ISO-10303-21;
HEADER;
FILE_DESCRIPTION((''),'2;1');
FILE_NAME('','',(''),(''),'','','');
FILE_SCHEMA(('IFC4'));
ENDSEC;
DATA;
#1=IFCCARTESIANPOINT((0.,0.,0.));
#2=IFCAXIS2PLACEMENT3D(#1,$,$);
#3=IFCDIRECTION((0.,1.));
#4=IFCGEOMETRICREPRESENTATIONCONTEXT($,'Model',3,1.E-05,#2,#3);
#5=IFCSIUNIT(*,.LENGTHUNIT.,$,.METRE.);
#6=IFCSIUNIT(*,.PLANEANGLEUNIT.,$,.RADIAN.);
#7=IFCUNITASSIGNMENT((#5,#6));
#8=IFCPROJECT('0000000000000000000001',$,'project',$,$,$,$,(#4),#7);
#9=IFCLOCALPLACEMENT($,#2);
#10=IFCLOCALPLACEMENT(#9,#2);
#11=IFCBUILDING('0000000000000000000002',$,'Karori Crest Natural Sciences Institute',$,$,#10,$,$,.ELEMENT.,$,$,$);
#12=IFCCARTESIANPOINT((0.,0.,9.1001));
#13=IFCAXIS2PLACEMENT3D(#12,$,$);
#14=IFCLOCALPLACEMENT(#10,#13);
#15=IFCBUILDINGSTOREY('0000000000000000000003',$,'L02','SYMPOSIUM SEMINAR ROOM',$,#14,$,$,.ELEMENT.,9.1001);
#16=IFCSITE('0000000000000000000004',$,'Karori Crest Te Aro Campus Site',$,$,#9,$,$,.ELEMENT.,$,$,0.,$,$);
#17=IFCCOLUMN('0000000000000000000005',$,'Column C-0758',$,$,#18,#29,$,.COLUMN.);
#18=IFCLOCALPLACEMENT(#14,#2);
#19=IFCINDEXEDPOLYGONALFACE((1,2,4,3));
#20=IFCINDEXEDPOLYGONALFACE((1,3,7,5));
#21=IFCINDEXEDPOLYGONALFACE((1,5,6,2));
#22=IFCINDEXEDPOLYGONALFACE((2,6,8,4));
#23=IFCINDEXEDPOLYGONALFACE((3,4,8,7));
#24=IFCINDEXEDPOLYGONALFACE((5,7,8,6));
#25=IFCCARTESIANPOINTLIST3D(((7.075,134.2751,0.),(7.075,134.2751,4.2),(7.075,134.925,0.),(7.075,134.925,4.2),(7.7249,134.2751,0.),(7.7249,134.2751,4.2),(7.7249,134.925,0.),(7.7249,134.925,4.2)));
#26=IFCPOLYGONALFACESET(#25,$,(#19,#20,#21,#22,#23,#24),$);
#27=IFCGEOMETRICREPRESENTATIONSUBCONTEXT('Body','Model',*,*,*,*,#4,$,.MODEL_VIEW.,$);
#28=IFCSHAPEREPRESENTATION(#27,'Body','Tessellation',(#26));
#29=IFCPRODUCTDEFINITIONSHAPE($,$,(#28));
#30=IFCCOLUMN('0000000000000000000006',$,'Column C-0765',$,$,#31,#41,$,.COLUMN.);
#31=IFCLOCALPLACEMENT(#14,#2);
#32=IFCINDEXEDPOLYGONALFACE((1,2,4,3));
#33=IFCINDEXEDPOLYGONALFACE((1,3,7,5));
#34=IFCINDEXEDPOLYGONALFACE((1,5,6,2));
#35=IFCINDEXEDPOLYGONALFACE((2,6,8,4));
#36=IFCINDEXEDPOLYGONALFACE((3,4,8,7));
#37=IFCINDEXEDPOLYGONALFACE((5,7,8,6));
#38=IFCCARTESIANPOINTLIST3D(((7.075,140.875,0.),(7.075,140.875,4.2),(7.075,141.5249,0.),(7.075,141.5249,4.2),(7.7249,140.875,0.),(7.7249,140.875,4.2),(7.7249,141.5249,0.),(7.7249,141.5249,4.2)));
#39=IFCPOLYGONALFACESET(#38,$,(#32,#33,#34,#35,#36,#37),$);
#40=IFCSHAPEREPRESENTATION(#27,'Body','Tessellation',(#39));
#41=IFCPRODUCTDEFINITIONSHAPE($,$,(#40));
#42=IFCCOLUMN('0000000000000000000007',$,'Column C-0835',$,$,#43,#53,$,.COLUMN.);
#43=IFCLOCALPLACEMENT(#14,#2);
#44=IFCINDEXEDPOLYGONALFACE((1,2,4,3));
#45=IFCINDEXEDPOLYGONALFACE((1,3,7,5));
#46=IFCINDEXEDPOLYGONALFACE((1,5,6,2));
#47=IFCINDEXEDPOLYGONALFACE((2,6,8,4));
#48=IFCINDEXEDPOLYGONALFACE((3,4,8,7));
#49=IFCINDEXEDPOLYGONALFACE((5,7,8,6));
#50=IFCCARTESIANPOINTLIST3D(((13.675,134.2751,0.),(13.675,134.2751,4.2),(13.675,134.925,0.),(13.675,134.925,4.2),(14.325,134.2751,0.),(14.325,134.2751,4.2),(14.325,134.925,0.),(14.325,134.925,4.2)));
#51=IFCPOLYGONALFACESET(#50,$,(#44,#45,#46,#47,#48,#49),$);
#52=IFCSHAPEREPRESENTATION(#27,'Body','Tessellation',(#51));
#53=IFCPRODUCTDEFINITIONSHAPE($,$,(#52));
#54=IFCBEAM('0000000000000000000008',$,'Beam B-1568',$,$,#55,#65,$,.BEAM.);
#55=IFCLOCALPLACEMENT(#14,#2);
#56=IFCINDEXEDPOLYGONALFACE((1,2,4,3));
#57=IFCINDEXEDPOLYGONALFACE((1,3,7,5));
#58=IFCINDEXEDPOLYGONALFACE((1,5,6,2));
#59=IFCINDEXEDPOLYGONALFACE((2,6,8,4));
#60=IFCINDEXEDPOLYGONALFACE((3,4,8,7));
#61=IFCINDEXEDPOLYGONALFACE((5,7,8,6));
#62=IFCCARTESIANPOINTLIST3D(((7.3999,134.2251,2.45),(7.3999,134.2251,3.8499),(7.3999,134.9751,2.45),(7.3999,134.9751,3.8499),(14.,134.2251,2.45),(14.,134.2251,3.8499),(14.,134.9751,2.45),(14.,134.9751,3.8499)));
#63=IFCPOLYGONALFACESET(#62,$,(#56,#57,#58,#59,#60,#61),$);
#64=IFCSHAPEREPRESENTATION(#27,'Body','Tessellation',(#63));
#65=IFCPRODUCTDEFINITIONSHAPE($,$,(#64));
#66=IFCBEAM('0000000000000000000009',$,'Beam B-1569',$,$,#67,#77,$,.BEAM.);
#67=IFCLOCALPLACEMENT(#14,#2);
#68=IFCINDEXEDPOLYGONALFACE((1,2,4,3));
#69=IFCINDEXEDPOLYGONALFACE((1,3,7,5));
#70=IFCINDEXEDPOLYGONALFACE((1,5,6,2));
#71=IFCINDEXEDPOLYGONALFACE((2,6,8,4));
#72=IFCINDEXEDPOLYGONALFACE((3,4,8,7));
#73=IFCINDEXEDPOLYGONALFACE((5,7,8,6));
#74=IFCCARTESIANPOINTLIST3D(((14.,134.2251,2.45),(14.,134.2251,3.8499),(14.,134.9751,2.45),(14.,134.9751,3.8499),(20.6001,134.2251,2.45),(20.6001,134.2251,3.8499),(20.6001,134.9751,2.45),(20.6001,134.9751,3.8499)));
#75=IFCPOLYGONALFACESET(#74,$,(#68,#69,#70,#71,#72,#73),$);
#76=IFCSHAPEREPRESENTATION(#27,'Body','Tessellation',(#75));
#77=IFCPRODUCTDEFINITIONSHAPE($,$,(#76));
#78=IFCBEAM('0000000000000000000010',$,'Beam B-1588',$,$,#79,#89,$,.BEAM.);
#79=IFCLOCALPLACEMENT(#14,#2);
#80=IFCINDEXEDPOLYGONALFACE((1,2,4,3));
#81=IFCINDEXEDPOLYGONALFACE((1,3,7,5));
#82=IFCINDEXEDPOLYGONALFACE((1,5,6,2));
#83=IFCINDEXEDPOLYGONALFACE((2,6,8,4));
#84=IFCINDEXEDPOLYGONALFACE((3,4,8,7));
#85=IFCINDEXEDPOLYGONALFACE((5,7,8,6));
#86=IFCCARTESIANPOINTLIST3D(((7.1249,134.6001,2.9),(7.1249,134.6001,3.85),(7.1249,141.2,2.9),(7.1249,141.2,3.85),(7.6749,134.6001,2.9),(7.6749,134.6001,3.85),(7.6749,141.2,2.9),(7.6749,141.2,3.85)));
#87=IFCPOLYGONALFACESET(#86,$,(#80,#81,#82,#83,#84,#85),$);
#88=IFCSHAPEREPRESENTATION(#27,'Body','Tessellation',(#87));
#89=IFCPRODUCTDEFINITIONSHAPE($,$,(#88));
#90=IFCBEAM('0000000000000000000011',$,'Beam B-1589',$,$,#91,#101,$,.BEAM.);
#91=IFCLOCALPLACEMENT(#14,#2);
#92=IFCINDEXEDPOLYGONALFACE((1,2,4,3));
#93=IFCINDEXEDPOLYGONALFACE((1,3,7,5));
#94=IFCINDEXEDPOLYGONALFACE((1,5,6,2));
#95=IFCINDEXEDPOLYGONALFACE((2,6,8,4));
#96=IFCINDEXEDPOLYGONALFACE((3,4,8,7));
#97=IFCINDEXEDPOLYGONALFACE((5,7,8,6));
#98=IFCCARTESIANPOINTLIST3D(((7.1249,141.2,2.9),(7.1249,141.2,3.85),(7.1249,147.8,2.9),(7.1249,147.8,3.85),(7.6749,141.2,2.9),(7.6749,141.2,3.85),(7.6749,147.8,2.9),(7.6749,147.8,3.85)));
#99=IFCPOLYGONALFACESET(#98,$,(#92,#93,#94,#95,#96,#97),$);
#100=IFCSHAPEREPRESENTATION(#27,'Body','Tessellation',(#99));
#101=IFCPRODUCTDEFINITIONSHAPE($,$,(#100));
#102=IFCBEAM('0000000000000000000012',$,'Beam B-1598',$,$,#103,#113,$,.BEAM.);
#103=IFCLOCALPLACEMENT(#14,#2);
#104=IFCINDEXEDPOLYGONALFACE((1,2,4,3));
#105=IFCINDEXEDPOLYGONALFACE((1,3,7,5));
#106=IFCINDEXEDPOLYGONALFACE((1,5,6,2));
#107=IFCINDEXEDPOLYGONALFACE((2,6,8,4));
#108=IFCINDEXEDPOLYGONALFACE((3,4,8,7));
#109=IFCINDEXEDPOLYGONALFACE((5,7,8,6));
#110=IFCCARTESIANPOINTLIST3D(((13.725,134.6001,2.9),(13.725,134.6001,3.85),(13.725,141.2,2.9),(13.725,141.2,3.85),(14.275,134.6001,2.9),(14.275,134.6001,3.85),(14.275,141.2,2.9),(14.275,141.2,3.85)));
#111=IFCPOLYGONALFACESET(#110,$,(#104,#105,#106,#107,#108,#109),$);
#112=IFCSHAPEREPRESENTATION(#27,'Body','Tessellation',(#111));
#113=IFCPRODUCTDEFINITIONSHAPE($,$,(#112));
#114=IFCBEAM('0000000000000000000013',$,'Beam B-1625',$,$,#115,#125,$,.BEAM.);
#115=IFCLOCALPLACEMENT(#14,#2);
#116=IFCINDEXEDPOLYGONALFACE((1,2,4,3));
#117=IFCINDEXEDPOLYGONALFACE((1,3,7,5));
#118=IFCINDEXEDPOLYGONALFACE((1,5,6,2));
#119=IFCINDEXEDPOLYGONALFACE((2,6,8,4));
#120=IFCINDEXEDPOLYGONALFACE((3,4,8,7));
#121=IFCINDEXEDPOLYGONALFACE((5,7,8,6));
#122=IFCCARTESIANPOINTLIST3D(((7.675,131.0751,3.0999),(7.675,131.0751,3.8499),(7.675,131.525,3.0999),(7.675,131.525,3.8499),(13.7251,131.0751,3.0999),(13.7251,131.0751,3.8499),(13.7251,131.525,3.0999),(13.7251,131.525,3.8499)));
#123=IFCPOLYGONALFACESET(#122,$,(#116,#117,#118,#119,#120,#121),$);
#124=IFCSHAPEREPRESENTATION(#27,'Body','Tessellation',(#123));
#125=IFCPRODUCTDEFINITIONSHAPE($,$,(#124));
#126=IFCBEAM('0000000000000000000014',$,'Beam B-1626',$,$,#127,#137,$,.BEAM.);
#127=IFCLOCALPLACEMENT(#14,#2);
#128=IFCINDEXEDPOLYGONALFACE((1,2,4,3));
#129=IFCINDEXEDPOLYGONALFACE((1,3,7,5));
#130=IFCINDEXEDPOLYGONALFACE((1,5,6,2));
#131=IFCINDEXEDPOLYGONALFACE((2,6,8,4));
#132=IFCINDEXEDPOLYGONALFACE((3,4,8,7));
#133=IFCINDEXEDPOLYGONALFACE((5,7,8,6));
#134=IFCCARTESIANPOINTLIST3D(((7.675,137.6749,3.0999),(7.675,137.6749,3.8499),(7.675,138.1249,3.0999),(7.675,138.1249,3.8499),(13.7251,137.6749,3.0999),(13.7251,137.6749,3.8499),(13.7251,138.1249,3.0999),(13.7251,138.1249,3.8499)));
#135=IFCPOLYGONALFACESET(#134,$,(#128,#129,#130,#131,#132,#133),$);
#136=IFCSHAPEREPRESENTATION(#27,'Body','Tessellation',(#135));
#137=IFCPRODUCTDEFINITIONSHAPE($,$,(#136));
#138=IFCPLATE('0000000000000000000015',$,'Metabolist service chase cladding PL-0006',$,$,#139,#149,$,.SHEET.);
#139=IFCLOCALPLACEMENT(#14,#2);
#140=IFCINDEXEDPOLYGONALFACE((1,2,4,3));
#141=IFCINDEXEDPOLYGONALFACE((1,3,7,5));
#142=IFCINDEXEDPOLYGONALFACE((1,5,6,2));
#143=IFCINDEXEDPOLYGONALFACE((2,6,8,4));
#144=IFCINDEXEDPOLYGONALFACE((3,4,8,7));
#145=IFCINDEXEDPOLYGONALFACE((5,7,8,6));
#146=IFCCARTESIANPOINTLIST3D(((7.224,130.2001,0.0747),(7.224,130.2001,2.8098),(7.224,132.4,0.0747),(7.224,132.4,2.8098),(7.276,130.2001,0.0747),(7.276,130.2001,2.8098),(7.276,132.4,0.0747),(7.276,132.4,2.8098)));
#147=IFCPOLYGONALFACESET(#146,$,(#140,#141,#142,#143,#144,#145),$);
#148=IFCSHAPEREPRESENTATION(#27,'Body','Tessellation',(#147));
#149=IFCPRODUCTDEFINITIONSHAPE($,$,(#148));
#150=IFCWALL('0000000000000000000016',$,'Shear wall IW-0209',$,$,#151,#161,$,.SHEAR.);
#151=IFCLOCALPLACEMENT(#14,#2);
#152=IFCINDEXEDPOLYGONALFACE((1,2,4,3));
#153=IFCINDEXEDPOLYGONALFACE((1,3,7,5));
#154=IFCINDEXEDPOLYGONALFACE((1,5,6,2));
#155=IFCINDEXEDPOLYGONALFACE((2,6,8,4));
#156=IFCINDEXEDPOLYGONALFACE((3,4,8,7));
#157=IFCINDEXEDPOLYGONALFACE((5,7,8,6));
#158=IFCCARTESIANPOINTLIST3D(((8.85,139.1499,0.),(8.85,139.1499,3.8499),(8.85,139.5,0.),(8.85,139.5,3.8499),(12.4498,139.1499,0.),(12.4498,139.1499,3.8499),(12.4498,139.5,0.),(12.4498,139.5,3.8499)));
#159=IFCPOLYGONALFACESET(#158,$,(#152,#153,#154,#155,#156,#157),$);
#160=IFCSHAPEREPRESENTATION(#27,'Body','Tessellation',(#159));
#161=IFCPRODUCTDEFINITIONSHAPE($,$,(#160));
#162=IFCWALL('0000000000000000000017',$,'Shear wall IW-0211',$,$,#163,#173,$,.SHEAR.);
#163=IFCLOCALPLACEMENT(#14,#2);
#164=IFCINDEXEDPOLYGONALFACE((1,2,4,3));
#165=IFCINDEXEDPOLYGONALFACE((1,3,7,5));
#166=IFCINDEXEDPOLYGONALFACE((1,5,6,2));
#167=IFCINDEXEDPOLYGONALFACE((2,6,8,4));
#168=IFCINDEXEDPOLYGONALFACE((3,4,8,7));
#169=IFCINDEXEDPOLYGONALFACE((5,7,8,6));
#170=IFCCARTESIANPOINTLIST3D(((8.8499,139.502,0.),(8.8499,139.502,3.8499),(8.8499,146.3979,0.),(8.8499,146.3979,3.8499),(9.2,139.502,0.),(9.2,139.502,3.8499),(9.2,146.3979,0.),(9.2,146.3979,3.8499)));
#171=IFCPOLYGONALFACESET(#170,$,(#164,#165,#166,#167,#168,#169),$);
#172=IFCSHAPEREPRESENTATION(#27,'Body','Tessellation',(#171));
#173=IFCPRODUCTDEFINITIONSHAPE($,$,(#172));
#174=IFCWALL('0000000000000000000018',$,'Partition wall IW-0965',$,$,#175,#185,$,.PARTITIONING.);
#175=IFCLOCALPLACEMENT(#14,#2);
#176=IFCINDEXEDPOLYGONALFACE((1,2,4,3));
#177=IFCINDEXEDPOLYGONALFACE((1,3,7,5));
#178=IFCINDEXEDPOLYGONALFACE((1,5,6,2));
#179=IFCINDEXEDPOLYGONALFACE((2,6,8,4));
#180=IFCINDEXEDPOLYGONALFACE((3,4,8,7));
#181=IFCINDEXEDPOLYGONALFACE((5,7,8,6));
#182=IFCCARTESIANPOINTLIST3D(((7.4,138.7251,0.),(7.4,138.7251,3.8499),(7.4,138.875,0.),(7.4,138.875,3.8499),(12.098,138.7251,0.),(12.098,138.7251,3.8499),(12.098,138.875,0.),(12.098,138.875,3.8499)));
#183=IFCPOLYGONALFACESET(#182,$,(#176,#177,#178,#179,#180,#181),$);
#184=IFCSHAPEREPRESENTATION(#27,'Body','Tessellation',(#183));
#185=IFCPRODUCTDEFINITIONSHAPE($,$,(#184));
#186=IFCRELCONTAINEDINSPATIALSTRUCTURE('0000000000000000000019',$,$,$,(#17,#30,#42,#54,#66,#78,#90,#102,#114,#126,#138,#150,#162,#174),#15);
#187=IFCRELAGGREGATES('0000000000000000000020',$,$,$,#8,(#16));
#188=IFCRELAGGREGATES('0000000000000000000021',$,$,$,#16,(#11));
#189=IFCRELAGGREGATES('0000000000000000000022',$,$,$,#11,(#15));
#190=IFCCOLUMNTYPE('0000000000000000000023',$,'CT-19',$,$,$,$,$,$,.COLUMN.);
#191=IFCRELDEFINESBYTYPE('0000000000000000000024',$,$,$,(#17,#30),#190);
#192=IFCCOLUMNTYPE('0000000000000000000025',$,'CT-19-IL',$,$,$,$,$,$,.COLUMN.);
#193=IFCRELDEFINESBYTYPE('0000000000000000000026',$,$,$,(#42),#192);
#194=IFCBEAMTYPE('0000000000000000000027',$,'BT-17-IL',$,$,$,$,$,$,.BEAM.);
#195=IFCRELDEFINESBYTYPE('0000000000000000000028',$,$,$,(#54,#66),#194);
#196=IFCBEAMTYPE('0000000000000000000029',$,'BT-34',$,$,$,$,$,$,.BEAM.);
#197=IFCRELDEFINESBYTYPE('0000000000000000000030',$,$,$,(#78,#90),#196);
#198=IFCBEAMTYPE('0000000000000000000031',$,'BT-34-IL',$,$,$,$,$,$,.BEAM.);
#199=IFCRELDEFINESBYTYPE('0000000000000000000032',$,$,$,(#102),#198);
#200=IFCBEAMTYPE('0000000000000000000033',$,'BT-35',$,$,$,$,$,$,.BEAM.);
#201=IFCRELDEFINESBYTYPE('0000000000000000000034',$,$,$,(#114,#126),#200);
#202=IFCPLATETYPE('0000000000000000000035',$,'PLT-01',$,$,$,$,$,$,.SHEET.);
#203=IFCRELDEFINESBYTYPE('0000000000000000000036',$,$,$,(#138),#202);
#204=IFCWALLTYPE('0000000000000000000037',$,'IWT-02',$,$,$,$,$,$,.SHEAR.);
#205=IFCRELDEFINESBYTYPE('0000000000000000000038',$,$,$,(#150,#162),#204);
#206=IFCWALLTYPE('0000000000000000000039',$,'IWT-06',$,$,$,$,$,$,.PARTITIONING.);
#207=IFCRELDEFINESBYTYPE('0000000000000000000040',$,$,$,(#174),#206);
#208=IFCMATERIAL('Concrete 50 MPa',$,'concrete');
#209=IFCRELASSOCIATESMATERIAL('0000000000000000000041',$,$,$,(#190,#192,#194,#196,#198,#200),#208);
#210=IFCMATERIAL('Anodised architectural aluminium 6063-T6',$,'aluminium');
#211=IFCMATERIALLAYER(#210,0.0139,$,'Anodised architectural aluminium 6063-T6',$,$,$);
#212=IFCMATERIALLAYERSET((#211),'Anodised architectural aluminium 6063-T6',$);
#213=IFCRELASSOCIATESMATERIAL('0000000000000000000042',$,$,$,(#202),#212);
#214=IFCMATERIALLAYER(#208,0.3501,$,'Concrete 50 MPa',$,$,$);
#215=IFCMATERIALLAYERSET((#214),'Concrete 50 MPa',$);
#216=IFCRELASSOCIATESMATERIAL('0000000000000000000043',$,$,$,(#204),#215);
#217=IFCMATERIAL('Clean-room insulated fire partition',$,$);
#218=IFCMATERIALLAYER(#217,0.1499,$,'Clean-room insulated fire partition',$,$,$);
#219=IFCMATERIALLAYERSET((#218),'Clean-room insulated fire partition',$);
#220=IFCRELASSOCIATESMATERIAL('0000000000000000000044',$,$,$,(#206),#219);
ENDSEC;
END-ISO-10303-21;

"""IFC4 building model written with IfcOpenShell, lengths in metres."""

from ifc_helpers import new_model, si_unit, direction, frame, frame_2d, origin, origin_2d, place, context, subcontext, project, spatial, rectangle, extrude, material, layer, layer_set, material_profile, profile_set, type_object, element, save


model = new_model("IFC4")

# Units and contexts
model_context = context("Model", 3, precision=1e-05, world=origin(), true_north=direction((0.0, 1.0)))
body_context = subcontext(model_context, "Body", "Model", "MODEL_VIEW")
ifc_project = project(units=[si_unit("LENGTHUNIT", "METRE"), si_unit("PLANEANGLEUNIT", "RADIAN")], contexts=[model_context])

# Site, building, storey
site_placement = place(None, origin())
site = spatial("IfcSite", under=ifc_project, at=site_placement, Name="Karori Crest Te Aro Campus Site", CompositionType="ELEMENT", RefElevation=0.0)
building_placement = place(site_placement, origin())
building = spatial("IfcBuilding", under=site, at=building_placement, Name="Karori Crest Natural Sciences Institute", CompositionType="ELEMENT")
storey_placement = place(building_placement, frame((0.0, 0.0, 9.1001)))
storey = spatial("IfcBuildingStorey", under=building, at=storey_placement, Name="L02", Description="SYMPOSIUM SEMINAR ROOM", CompositionType="ELEMENT", Elevation=9.1001)

# Columns
ifc_material_1 = material(Name="Concrete 50 MPa", Category="concrete")
ifc_material_profile_1 = material_profile(ifc_material_1, rectangle(XDim=0.6499, YDim=0.6499, at=origin_2d()), Name="RC650x650")
ifc_profile_set_1 = profile_set([ifc_material_profile_1], Name="Concrete 50 MPa")
column_type_1 = type_object("IfcColumnType", Name="CT-19", PredefinedType="COLUMN", material=ifc_profile_set_1)
for number, where, z_axis, x_axis, name in (
    (1, (7.3999, 134.6001, 0.0), (0.0, 0.0, 1.0), (1.0, 0.0, 0.0), "Column C-0758"),
    (2, (7.3999, 141.2, 0.0), (0.0, 0.0, 1.0), (1.0, 0.0, 0.0), "Column C-0765"),
):
    element("IfcColumn", number, at=place(storey_placement, frame(where, z_axis=z_axis, x_axis=x_axis)), inside=storey, type_object=column_type_1, Name=name, PredefinedType="COLUMN", context=body_context, shape_type="SweptSolid", body=[
        extrude(rectangle(XDim=0.6499, YDim=0.6499, at=origin_2d()), origin(), (0.0, 0.0, 1.0), 4.2),
    ])
ifc_material_profile_2 = material_profile(ifc_material_1, rectangle(XDim=0.6499, YDim=0.6499, at=origin_2d()), Name="RC650x650")
ifc_profile_set_2 = profile_set([ifc_material_profile_2], Name="Concrete 50 MPa")
column_type_2 = type_object("IfcColumnType", Name="CT-19-IL", PredefinedType="COLUMN", material=ifc_profile_set_2)
column_placement = place(storey_placement, frame((14.0, 134.6001, 0.0), z_axis=(0.0, 0.0, 1.0), x_axis=(1.0, 0.0, 0.0)))
element("IfcColumn", 3, at=column_placement, inside=storey, type_object=column_type_2, Name="Column C-0835", PredefinedType="COLUMN", context=body_context, shape_type="SweptSolid", body=[
    extrude(rectangle(XDim=0.6499, YDim=0.6499, at=origin_2d()), origin(), (0.0, 0.0, 1.0), 4.2),
])

# Beams
ifc_material_profile_3 = material_profile(ifc_material_1, rectangle(XDim=0.75, YDim=1.3999, at=origin_2d()), Name="RCB750x1400")
ifc_profile_set_3 = profile_set([ifc_material_profile_3], Name="Concrete 50 MPa")
beam_type_1 = type_object("IfcBeamType", Name="BT-17-IL", PredefinedType="BEAM", material=ifc_profile_set_3)
for number, where, z_axis, x_axis, name in (
    (4, (7.3999, 134.6001, 3.1499), (1.0, 0.0, 0.0), (0.0, 1.0, 0.0), "Beam B-1568"),
    (5, (14.0, 134.6001, 3.1499), (1.0, 0.0, 0.0), (0.0, 1.0, 0.0), "Beam B-1569"),
):
    element("IfcBeam", number, at=place(storey_placement, frame(where, z_axis=z_axis, x_axis=x_axis)), inside=storey, type_object=beam_type_1, Name=name, PredefinedType="BEAM", context=body_context, shape_type="SweptSolid", body=[
        extrude(rectangle(XDim=0.75, YDim=1.3999, at=origin_2d()), origin(), (0.0, 0.0, 1.0), 6.6001),
    ])
ifc_material_profile_4 = material_profile(ifc_material_1, rectangle(XDim=0.55, YDim=0.95, at=origin_2d()), Name="RCB550x950")
ifc_profile_set_4 = profile_set([ifc_material_profile_4], Name="Concrete 50 MPa")
beam_type_2 = type_object("IfcBeamType", Name="BT-34", PredefinedType="BEAM", material=ifc_profile_set_4)
beam_1_placement = place(storey_placement, frame((7.3999, 134.6001, 3.375), z_axis=(0.0, 1.0, 0.0), x_axis=(-1.0, 0.0, 0.0)))
element("IfcBeam", 6, at=beam_1_placement, inside=storey, type_object=beam_type_2, Name="Beam B-1588", PredefinedType="BEAM", context=body_context, shape_type="SweptSolid", body=[
    extrude(rectangle(XDim=0.55, YDim=0.95, at=origin_2d()), origin(), (0.0, 0.0, 1.0), 6.5999),
])
beam_2_placement = place(storey_placement, frame((7.3999, 141.2, 3.375), z_axis=(0.0, 1.0, 0.0), x_axis=(-1.0, 0.0, 0.0)))
element("IfcBeam", 7, at=beam_2_placement, inside=storey, type_object=beam_type_2, Name="Beam B-1589", PredefinedType="BEAM", context=body_context, shape_type="SweptSolid", body=[
    extrude(rectangle(XDim=0.55, YDim=0.95, at=origin_2d()), origin(), (0.0, 0.0, 1.0), 6.6001),
])
ifc_material_profile_5 = material_profile(ifc_material_1, rectangle(XDim=0.55, YDim=0.95, at=origin_2d()), Name="RCB550x950")
ifc_profile_set_5 = profile_set([ifc_material_profile_5], Name="Concrete 50 MPa")
beam_type_3 = type_object("IfcBeamType", Name="BT-34-IL", PredefinedType="BEAM", material=ifc_profile_set_5)
beam_3_placement = place(storey_placement, frame((14.0, 134.6001, 3.375), z_axis=(0.0, 1.0, 0.0), x_axis=(-1.0, 0.0, 0.0)))
element("IfcBeam", 8, at=beam_3_placement, inside=storey, type_object=beam_type_3, Name="Beam B-1598", PredefinedType="BEAM", context=body_context, shape_type="SweptSolid", body=[
    extrude(rectangle(XDim=0.55, YDim=0.95, at=origin_2d()), origin(), (0.0, 0.0, 1.0), 6.5999),
])
ifc_material_profile_6 = material_profile(ifc_material_1, rectangle(XDim=0.45, YDim=0.75, at=origin_2d()), Name="RCB450x750")
ifc_profile_set_6 = profile_set([ifc_material_profile_6], Name="Concrete 50 MPa")
beam_type_4 = type_object("IfcBeamType", Name="BT-35", PredefinedType="BEAM", material=ifc_profile_set_6)
for number, where, z_axis, x_axis, name in (
    (9, (7.675, 131.3, 3.4749), (1.0, 0.0, 0.0), (0.0, 1.0, 0.0), "Beam B-1625"),
    (10, (7.675, 137.8999, 3.4749), (1.0, 0.0, 0.0), (0.0, 1.0, 0.0), "Beam B-1626"),
):
    element("IfcBeam", number, at=place(storey_placement, frame(where, z_axis=z_axis, x_axis=x_axis)), inside=storey, type_object=beam_type_4, Name=name, PredefinedType="BEAM", context=body_context, shape_type="SweptSolid", body=[
        extrude(rectangle(XDim=0.45, YDim=0.75, at=origin_2d()), origin(), (0.0, 0.0, 1.0), 6.05),
    ])

# Plate
ifc_material_2 = material(Name="Anodised architectural aluminium 6063-T6", Category="aluminium")
ifc_layer_1 = layer(ifc_material_2, 0.0139, Name="Anodised architectural aluminium 6063-T6")
ifc_layer_set_1 = layer_set([ifc_layer_1], Name="Anodised architectural aluminium 6063-T6")
plate_type = type_object("IfcPlateType", Name="PLT-01", PredefinedType="SHEET", material=ifc_layer_set_1)
plate_placement = place(storey_placement, frame((7.25, 131.3, 0.0747), z_axis=(0.0, 0.0, 1.0), x_axis=(1.0, 0.0, 0.0)))
element("IfcPlate", 11, at=plate_placement, inside=storey, type_object=plate_type, Name="Metabolist service chase cladding PL-0006", PredefinedType="SHEET", context=body_context, shape_type="SweptSolid", body=[
    extrude(rectangle(XDim=0.052, YDim=2.2, at=origin_2d()), origin(), (0.0, 0.0, 1.0), 2.7351),
])

# Walls
ifc_layer_2 = layer(ifc_material_1, 0.3501, Name="Concrete 50 MPa")
ifc_layer_set_2 = layer_set([ifc_layer_2], Name="Concrete 50 MPa")
wall_type_1 = type_object("IfcWallType", Name="IWT-02", PredefinedType="SHEAR", material=ifc_layer_set_2)
wall_1_placement = place(storey_placement, frame((8.8501, 139.325, 0.0), z_axis=(0.0, 0.0, 1.0), x_axis=(1.0, 0.0, 0.0)))
element("IfcWall", 12, at=wall_1_placement, inside=storey, type_object=wall_type_1, Name="Shear wall IW-0209", PredefinedType="SHEAR", context=body_context, shape_type="SweptSolid", body=[
    extrude(rectangle(XDim=3.5999, YDim=0.3501, at=frame_2d((1.7998, 0.0))), origin(), (0.0, 0.0, 1.0), 3.8499),
])
wall_2_placement = place(storey_placement, frame((9.0249, 139.502, 0.0), z_axis=(0.0, 0.0, 1.0), x_axis=(0.0, 1.0, 0.0)))
element("IfcWall", 13, at=wall_2_placement, inside=storey, type_object=wall_type_1, Name="Shear wall IW-0211", PredefinedType="SHEAR", context=body_context, shape_type="SweptSolid", body=[
    extrude(rectangle(XDim=6.896, YDim=0.3501, at=frame_2d((3.448, 0.0))), origin(), (0.0, 0.0, 1.0), 3.8499),
])

# Wall
ifc_material_3 = material(Name="Clean-room insulated fire partition")
ifc_layer_3 = layer(ifc_material_3, 0.1499, Name="Clean-room insulated fire partition")
ifc_layer_set_3 = layer_set([ifc_layer_3], Name="Clean-room insulated fire partition")
wall_type_2 = type_object("IfcWallType", Name="IWT-06", PredefinedType="PARTITIONING", material=ifc_layer_set_3)
wall_3_placement = place(storey_placement, frame((7.3999, 138.8, 0.0), z_axis=(0.0, 0.0, 1.0), x_axis=(1.0, 0.0, 0.0)))
element("IfcWall", 14, at=wall_3_placement, inside=storey, type_object=wall_type_2, Name="Partition wall IW-0965", PredefinedType="PARTITIONING", context=body_context, shape_type="SweptSolid", body=[
    extrude(rectangle(XDim=4.698, YDim=0.1499, at=frame_2d((2.3491, 0.0))), origin(), (0.0, 0.0, 1.0), 3.8499),
])

save(model, "model.ifc")
